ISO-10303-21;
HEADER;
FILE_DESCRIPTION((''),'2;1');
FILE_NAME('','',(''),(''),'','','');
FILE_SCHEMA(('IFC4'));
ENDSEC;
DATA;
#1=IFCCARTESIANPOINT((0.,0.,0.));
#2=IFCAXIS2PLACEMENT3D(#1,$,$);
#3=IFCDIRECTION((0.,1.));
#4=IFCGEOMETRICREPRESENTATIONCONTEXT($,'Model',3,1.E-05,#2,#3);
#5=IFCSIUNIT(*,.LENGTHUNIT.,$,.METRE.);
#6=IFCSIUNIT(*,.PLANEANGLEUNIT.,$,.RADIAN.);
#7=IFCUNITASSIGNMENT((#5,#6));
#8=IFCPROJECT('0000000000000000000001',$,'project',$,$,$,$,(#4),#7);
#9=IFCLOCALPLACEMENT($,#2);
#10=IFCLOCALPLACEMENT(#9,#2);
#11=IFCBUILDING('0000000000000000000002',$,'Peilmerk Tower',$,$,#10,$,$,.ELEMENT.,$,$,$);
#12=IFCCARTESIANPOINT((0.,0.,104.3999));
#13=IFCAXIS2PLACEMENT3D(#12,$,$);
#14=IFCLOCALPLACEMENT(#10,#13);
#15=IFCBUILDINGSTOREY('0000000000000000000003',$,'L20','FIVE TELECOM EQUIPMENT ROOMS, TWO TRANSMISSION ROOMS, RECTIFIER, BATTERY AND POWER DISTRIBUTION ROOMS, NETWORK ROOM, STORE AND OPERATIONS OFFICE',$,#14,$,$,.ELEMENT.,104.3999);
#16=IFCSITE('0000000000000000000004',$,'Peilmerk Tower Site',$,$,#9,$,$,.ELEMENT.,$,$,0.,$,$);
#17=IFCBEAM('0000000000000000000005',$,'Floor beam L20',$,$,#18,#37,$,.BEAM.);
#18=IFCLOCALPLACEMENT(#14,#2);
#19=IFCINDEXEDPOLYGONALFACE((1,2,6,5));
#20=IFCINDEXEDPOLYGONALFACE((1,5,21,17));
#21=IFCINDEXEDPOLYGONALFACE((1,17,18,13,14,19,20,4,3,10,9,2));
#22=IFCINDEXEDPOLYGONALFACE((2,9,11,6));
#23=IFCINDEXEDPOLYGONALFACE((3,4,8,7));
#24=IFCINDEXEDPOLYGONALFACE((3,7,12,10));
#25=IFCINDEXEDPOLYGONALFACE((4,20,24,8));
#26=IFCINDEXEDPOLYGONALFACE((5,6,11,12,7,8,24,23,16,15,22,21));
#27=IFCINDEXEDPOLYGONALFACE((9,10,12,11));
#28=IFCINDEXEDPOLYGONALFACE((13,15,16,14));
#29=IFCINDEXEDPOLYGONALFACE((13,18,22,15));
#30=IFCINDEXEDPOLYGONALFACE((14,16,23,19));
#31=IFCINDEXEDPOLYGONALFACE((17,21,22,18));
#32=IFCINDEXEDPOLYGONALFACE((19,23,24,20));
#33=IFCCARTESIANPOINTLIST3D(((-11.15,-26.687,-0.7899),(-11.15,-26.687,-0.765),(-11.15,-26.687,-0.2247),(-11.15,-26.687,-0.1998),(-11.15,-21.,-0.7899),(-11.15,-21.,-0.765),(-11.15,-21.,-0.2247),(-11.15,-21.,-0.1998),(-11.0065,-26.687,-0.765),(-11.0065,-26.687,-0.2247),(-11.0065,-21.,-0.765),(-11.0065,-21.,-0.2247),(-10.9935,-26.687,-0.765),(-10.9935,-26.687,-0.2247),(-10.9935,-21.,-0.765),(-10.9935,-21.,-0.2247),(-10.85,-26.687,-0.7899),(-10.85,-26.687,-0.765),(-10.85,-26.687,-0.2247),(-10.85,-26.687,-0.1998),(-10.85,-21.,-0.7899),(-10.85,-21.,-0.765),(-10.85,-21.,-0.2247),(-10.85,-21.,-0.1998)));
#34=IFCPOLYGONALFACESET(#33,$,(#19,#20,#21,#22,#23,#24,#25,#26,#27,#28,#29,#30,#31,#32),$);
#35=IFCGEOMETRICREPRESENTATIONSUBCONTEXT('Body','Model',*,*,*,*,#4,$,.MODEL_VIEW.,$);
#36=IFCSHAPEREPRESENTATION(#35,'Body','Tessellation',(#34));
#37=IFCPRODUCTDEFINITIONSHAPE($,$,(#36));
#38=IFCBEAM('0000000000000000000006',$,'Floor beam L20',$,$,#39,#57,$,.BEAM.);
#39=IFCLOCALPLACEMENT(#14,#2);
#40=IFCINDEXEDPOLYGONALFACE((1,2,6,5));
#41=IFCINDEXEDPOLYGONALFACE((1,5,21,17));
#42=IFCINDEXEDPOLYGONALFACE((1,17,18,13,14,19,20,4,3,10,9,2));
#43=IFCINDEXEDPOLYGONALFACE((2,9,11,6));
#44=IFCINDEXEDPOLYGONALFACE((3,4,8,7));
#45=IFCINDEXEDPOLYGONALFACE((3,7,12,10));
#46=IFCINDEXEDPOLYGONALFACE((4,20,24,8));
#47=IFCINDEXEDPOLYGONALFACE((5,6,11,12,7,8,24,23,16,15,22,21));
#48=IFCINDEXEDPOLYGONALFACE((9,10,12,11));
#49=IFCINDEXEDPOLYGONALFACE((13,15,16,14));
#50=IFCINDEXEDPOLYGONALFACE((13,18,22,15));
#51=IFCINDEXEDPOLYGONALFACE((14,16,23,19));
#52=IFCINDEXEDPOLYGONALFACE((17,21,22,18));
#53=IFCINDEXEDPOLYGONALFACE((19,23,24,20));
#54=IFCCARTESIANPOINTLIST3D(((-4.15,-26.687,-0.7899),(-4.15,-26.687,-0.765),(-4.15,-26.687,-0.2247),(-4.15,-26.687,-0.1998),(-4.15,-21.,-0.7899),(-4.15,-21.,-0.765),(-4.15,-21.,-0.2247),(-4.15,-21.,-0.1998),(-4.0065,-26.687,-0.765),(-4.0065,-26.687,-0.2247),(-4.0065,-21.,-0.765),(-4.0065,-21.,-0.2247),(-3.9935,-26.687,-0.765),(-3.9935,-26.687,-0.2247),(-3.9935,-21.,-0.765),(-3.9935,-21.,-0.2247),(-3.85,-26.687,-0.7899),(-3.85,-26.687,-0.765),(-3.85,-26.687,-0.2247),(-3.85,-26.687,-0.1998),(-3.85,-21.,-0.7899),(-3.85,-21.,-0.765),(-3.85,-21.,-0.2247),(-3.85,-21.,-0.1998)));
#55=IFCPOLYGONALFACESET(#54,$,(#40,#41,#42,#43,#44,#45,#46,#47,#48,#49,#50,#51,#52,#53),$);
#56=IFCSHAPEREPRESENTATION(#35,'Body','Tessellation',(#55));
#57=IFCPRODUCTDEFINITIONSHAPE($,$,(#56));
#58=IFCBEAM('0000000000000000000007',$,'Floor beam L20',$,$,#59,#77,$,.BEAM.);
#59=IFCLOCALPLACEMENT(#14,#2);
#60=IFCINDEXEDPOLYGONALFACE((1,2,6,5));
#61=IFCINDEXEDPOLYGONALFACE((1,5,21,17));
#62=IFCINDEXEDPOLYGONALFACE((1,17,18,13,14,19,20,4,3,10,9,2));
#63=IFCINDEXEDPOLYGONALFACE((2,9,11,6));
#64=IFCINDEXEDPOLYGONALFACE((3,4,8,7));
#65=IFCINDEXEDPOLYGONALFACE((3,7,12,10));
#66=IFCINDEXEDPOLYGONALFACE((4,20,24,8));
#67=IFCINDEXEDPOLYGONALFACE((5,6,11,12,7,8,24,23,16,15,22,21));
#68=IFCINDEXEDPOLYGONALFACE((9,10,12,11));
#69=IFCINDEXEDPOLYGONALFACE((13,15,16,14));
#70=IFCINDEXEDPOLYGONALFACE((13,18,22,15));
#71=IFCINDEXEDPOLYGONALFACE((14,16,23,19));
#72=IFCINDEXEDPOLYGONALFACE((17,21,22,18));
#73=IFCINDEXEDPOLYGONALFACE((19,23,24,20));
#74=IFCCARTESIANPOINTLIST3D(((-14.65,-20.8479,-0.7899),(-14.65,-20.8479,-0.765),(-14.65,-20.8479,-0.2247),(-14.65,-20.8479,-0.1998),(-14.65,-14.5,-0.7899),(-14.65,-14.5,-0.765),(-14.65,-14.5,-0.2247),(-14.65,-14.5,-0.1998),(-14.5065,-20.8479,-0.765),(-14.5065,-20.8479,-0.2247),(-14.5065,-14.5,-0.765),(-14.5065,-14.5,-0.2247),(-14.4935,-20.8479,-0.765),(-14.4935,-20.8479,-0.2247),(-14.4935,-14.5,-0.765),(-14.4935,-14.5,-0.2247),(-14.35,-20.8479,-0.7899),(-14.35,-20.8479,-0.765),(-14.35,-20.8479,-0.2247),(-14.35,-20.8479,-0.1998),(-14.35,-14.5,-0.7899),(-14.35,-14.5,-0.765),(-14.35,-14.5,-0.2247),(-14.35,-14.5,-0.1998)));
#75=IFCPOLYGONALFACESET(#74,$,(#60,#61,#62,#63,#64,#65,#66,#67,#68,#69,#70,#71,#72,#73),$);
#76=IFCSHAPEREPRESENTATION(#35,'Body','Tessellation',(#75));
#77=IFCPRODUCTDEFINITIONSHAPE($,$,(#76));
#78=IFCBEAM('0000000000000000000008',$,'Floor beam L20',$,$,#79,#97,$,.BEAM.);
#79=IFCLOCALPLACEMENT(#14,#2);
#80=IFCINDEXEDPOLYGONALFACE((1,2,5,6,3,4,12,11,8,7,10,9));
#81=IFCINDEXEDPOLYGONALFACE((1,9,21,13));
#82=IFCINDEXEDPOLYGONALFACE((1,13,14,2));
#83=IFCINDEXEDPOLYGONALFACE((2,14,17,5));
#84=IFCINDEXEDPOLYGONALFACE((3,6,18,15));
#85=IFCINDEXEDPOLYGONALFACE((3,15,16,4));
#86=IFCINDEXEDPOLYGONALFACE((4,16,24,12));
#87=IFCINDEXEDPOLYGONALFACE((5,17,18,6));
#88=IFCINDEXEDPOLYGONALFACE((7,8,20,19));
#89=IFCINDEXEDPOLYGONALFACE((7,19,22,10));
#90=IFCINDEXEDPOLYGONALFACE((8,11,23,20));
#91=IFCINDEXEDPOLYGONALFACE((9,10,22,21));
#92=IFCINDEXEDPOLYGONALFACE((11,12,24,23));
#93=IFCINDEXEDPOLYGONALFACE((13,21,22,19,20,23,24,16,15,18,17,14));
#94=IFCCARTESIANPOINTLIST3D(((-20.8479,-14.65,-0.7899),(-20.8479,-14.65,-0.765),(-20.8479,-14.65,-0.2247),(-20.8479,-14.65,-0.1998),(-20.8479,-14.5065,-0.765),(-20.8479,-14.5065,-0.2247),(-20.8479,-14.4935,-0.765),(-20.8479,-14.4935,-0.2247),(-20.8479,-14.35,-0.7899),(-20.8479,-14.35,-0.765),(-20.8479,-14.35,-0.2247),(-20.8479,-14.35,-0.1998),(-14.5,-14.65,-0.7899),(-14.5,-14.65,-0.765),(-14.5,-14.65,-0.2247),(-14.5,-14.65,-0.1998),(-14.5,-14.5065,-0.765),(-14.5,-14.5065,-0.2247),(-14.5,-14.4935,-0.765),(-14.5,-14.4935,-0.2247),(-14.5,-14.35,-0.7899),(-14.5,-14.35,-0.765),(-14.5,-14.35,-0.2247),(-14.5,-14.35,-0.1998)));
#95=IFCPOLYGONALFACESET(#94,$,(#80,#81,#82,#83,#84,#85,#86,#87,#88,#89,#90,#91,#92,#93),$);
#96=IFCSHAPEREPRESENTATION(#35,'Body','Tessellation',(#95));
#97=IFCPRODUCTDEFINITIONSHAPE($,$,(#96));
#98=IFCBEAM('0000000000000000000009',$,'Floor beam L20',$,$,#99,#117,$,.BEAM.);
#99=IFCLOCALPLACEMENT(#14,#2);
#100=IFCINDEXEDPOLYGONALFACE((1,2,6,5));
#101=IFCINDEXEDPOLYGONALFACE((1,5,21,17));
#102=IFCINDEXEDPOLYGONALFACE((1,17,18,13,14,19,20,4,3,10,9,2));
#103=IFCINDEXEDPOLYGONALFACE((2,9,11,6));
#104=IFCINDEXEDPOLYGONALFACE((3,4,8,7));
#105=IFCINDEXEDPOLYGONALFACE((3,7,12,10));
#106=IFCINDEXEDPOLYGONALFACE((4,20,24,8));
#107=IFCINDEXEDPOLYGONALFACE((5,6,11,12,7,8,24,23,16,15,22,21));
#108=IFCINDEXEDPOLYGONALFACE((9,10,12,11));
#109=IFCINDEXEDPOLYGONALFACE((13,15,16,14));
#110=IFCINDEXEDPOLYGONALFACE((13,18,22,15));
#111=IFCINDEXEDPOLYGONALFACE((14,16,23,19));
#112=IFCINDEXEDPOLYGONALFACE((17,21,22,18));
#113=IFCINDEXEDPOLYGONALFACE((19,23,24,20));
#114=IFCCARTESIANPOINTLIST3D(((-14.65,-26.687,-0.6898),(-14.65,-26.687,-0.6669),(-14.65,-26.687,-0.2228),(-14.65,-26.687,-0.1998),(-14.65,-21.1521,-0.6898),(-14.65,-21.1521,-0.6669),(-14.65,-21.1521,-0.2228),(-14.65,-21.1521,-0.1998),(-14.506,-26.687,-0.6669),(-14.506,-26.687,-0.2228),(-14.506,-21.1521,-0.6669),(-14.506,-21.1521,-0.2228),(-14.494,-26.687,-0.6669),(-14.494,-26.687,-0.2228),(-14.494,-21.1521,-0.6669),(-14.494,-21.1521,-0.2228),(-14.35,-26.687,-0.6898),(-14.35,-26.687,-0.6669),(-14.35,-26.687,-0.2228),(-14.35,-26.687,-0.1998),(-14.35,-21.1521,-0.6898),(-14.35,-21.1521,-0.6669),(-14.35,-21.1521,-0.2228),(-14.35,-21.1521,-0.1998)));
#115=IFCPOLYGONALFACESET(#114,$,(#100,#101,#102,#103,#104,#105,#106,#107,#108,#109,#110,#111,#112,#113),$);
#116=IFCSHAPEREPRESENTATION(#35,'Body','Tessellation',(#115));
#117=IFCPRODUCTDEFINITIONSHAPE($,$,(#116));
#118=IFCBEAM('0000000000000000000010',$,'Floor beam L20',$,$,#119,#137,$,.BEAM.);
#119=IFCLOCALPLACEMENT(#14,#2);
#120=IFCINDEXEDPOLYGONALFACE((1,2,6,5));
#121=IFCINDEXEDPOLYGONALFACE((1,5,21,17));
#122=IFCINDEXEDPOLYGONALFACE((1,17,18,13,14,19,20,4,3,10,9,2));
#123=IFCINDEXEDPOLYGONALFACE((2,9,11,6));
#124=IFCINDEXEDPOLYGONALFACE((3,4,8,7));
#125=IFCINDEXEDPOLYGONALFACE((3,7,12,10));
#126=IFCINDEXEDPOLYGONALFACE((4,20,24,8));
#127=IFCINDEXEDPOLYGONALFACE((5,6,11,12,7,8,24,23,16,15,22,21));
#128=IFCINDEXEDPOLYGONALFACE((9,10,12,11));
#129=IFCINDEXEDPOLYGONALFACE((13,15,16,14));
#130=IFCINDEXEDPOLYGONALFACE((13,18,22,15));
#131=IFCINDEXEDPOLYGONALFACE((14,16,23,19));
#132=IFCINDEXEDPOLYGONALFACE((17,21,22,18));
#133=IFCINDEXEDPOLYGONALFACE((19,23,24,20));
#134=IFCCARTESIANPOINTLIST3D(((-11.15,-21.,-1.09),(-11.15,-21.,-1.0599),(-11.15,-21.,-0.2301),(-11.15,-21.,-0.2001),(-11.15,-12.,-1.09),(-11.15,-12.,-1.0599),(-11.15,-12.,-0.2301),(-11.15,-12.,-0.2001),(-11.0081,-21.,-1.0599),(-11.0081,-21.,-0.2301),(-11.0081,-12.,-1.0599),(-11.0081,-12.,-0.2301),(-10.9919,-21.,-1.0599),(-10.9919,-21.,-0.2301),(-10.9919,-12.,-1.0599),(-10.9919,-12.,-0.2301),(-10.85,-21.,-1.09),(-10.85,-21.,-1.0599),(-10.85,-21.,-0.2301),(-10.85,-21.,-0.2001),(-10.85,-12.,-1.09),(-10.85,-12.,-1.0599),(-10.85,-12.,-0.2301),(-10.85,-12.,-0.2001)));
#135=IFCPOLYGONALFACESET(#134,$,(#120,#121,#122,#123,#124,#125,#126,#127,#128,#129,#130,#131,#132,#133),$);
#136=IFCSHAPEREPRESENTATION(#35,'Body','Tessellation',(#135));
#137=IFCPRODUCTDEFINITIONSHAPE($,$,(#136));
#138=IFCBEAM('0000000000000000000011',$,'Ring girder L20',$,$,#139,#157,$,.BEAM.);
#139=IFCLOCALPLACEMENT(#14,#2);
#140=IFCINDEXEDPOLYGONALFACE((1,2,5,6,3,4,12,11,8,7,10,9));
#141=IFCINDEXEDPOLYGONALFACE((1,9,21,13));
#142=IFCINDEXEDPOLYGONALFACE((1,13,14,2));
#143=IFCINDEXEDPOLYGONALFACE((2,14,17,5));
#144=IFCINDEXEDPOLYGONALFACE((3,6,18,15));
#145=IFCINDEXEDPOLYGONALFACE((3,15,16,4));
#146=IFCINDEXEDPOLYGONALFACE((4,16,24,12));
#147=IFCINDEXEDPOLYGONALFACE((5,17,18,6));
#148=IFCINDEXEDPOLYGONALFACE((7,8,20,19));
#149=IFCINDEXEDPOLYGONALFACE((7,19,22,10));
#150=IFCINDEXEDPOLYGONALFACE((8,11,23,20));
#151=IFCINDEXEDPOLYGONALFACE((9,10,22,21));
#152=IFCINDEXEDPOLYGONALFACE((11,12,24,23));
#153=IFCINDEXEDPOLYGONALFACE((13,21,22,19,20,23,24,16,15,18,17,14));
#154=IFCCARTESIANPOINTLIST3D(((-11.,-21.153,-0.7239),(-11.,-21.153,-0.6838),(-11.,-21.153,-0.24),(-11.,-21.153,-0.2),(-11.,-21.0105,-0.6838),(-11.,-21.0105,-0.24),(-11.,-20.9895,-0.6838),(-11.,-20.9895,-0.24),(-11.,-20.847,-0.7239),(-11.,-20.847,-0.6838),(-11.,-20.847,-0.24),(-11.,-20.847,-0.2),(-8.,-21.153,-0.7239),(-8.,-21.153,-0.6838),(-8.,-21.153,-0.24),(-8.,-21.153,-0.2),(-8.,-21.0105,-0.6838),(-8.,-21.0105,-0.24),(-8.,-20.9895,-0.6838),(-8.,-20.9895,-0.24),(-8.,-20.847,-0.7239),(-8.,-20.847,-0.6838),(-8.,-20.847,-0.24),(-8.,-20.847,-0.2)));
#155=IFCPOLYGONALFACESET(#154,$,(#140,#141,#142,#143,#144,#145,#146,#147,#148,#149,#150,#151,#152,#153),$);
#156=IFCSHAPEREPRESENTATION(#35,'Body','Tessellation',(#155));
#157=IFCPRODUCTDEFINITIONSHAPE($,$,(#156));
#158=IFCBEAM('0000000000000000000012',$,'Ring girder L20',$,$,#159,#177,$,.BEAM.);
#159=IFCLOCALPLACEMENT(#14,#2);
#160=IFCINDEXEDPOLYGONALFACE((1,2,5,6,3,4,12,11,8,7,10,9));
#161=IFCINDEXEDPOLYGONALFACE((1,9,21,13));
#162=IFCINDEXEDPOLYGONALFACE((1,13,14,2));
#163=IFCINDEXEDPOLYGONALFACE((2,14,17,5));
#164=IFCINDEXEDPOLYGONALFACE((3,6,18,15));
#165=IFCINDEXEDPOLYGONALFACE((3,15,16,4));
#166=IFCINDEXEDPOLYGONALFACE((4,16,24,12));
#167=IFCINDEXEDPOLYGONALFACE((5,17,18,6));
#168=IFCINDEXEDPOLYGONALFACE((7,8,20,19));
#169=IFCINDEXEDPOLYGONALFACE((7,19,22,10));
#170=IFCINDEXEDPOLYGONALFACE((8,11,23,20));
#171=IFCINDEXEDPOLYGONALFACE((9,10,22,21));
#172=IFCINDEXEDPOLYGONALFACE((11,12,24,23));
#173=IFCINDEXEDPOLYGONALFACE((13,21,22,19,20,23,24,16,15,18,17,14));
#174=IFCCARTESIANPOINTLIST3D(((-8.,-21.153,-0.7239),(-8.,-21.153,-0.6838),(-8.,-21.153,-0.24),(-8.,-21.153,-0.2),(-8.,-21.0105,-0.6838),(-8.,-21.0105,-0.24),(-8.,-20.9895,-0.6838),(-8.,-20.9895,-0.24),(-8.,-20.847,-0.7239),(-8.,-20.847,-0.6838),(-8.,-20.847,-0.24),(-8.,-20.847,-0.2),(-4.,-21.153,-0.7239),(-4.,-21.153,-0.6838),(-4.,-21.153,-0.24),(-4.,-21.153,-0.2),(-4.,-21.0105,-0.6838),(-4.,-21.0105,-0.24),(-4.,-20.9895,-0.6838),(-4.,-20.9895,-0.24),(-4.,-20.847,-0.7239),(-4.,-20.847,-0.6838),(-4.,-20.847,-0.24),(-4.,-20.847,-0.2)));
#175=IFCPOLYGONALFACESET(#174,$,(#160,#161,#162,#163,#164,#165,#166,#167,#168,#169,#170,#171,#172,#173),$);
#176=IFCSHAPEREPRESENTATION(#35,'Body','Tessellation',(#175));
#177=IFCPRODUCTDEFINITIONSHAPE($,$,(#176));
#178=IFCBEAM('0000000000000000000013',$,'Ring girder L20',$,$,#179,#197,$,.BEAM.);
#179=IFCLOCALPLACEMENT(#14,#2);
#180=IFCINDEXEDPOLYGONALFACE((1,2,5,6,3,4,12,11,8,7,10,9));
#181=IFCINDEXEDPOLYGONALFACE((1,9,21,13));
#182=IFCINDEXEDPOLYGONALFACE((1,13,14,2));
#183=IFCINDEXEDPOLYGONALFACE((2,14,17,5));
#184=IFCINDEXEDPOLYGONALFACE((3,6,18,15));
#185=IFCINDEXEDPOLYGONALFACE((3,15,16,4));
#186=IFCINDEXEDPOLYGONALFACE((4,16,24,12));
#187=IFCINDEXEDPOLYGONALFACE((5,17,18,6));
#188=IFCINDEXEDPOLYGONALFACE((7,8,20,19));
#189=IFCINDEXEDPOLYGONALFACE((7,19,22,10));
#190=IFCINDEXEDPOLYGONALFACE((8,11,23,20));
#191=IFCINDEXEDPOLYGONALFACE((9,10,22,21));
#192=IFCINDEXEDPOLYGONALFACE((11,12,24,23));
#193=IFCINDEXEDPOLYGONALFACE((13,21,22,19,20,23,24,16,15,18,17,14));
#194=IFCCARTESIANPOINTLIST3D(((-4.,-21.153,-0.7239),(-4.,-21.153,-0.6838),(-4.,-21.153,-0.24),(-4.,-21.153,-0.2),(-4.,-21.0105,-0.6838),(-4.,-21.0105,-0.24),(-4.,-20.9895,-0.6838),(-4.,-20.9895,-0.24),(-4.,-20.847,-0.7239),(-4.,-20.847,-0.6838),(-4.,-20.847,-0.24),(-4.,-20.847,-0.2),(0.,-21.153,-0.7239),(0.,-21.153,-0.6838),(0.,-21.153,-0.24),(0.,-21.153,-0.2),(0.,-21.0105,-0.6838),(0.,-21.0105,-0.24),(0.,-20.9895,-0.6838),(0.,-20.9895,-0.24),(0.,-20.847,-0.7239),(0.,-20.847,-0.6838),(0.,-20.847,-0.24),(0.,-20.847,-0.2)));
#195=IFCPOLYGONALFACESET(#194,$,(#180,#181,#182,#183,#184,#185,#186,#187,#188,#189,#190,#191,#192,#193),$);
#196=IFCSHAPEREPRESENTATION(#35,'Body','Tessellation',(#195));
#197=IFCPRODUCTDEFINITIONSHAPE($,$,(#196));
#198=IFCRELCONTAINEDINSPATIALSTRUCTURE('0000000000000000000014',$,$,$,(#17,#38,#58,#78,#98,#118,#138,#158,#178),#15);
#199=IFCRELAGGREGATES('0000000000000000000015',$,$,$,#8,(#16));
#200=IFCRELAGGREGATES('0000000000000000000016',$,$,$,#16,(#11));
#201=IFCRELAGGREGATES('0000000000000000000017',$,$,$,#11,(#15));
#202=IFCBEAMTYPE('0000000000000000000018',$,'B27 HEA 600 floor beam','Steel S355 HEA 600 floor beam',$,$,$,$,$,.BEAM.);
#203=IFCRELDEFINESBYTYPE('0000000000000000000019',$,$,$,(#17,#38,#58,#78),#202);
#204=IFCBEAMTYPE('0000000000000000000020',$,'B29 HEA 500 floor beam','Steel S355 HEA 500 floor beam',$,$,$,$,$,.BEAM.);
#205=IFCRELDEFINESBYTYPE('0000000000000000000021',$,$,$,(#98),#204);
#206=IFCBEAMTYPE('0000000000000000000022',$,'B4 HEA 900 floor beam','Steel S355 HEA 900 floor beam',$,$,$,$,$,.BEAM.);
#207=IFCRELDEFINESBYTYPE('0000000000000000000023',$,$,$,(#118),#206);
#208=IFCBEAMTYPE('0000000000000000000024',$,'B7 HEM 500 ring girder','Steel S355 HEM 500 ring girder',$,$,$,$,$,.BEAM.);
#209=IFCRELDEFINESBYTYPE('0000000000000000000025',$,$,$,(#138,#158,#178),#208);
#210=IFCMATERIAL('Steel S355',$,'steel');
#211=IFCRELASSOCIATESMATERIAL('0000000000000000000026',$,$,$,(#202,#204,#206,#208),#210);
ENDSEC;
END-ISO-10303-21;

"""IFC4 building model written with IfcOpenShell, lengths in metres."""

from ifc_helpers import new_model, si_unit, direction, frame, origin, origin_2d, place, context, subcontext, project, spatial, i_section, extrude, material, material_profile, profile_set, type_object, element, save


model = new_model("IFC4")

# Units and contexts
model_context = context("Model", 3, precision=1e-05, world=origin(), true_north=direction((0.0, 1.0)))
body_context = subcontext(model_context, "Body", "Model", "MODEL_VIEW")
ifc_project = project(units=[si_unit("LENGTHUNIT", "METRE"), si_unit("PLANEANGLEUNIT", "RADIAN")], contexts=[model_context])

# Site, building, storey
site_placement = place(None, origin())
site = spatial("IfcSite", under=ifc_project, at=site_placement, Name="Peilmerk Tower Site", CompositionType="ELEMENT", RefElevation=0.0)
building_placement = place(site_placement, origin())
building = spatial("IfcBuilding", under=site, at=building_placement, Name="Peilmerk Tower", CompositionType="ELEMENT")
storey_placement = place(building_placement, frame((0.0, 0.0, 104.3999)))
storey = spatial("IfcBuildingStorey", under=building, at=storey_placement, Name="L20", Description="FIVE TELECOM EQUIPMENT ROOMS, TWO TRANSMISSION ROOMS, RECTIFIER, BATTERY AND POWER DISTRIBUTION ROOMS, NETWORK ROOM, STORE AND OPERATIONS OFFICE", CompositionType="ELEMENT", Elevation=104.3999)

# Beams
ifc_material_1 = material(Name="Steel S355", Category="steel")
ifc_material_profile_1 = material_profile(ifc_material_1, i_section(OverallWidth=0.3, OverallDepth=0.5901, WebThickness=0.0129, FlangeThickness=0.0249, at=origin_2d()), Name="HEA 600")
ifc_profile_set_1 = profile_set([ifc_material_profile_1], Name="Steel S355")
beam_type_1 = type_object("IfcBeamType", Name="B27 HEA 600 floor beam", Description="Steel S355 HEA 600 floor beam", PredefinedType="BEAM", material=ifc_profile_set_1)
for number, where, z_axis, x_axis, name in (
    (1, (-11.0, -21.0, -0.4949), (0.0, -1.0, 0.0), (1.0, 0.0, 0.0), "Floor beam L20"),
    (2, (-4.0, -21.0, -0.4949), (0.0, -1.0, 0.0), (1.0, 0.0, 0.0), "Floor beam L20"),
):
    element("IfcBeam", number, at=place(storey_placement, frame(where, z_axis=z_axis, x_axis=x_axis)), inside=storey, type_object=beam_type_1, Name=name, PredefinedType="BEAM", context=body_context, shape_type="SweptSolid", body=[
        extrude(i_section(OverallWidth=0.3, OverallDepth=0.5901, WebThickness=0.0129, FlangeThickness=0.0249, at=origin_2d()), origin(), (0.0, 0.0, 1.0), 5.687),
    ])
for number, where, z_axis, x_axis, name in (
    (3, (-14.5, -14.5, -0.4949), (0.0, -1.0, 0.0), (1.0, 0.0, 0.0), "Floor beam L20"),
    (4, (-14.5, -14.5, -0.4949), (-1.0, 0.0, 0.0), (0.0, -1.0, 0.0), "Floor beam L20"),
):
    element("IfcBeam", number, at=place(storey_placement, frame(where, z_axis=z_axis, x_axis=x_axis)), inside=storey, type_object=beam_type_1, Name=name, PredefinedType="BEAM", context=body_context, shape_type="SweptSolid", body=[
        extrude(i_section(OverallWidth=0.3, OverallDepth=0.5901, WebThickness=0.0129, FlangeThickness=0.0249, at=origin_2d()), origin(), (0.0, 0.0, 1.0), 6.3479),
    ])
ifc_material_profile_2 = material_profile(ifc_material_1, i_section(OverallWidth=0.3, OverallDepth=0.49, WebThickness=0.012, FlangeThickness=0.0229, at=origin_2d()), Name="HEA 500")
ifc_profile_set_2 = profile_set([ifc_material_profile_2], Name="Steel S355")
beam_type_2 = type_object("IfcBeamType", Name="B29 HEA 500 floor beam", Description="Steel S355 HEA 500 floor beam", PredefinedType="BEAM", material=ifc_profile_set_2)
beam_1_placement = place(storey_placement, frame((-14.5, -21.1521, -0.4448), z_axis=(0.0, -1.0, 0.0), x_axis=(1.0, 0.0, 0.0)))
element("IfcBeam", 5, at=beam_1_placement, inside=storey, type_object=beam_type_2, Name="Floor beam L20", PredefinedType="BEAM", context=body_context, shape_type="SweptSolid", body=[
    extrude(i_section(OverallWidth=0.3, OverallDepth=0.49, WebThickness=0.012, FlangeThickness=0.0229, at=origin_2d()), origin(), (0.0, 0.0, 1.0), 5.5349),
])
ifc_material_profile_3 = material_profile(ifc_material_1, i_section(OverallWidth=0.3, OverallDepth=0.8899, WebThickness=0.0161, FlangeThickness=0.03, at=origin_2d()), Name="HEA 900")
ifc_profile_set_3 = profile_set([ifc_material_profile_3], Name="Steel S355")
beam_type_3 = type_object("IfcBeamType", Name="B4 HEA 900 floor beam", Description="Steel S355 HEA 900 floor beam", PredefinedType="BEAM", material=ifc_profile_set_3)
beam_2_placement = place(storey_placement, frame((-11.0, -12.0, -0.645), z_axis=(0.0, -1.0, 0.0), x_axis=(1.0, 0.0, 0.0)))
element("IfcBeam", 6, at=beam_2_placement, inside=storey, type_object=beam_type_3, Name="Floor beam L20", PredefinedType="BEAM", context=body_context, shape_type="SweptSolid", body=[
    extrude(i_section(OverallWidth=0.3, OverallDepth=0.8899, WebThickness=0.0161, FlangeThickness=0.03, at=origin_2d()), origin(), (0.0, 0.0, 1.0), 9.0),
])
ifc_material_profile_4 = material_profile(ifc_material_1, i_section(OverallWidth=0.3059, OverallDepth=0.5239, WebThickness=0.021, FlangeThickness=0.04, at=origin_2d()), Name="HEM 500")
ifc_profile_set_4 = profile_set([ifc_material_profile_4], Name="Steel S355")
beam_type_4 = type_object("IfcBeamType", Name="B7 HEM 500 ring girder", Description="Steel S355 HEM 500 ring girder", PredefinedType="BEAM", material=ifc_profile_set_4)
beam_3_placement = place(storey_placement, frame((-11.0, -21.0, -0.4619), z_axis=(1.0, 0.0, 0.0), x_axis=(0.0, 1.0, 0.0)))
element("IfcBeam", 7, at=beam_3_placement, inside=storey, type_object=beam_type_4, Name="Ring girder L20", PredefinedType="BEAM", context=body_context, shape_type="SweptSolid", body=[
    extrude(i_section(OverallWidth=0.3059, OverallDepth=0.5239, WebThickness=0.021, FlangeThickness=0.04, at=origin_2d()), origin(), (0.0, 0.0, 1.0), 3.0),
])
for number, where, z_axis, x_axis, name in (
    (8, (-8.0, -21.0, -0.4619), (1.0, 0.0, 0.0), (0.0, 1.0, 0.0), "Ring girder L20"),
    (9, (-4.0, -21.0, -0.4619), (1.0, 0.0, 0.0), (0.0, 1.0, 0.0), "Ring girder L20"),
):
    element("IfcBeam", number, at=place(storey_placement, frame(where, z_axis=z_axis, x_axis=x_axis)), inside=storey, type_object=beam_type_4, Name=name, PredefinedType="BEAM", context=body_context, shape_type="SweptSolid", body=[
        extrude(i_section(OverallWidth=0.3059, OverallDepth=0.5239, WebThickness=0.021, FlangeThickness=0.04, at=origin_2d()), origin(), (0.0, 0.0, 1.0), 4.0),
    ])

save(model, "model.ifc")
